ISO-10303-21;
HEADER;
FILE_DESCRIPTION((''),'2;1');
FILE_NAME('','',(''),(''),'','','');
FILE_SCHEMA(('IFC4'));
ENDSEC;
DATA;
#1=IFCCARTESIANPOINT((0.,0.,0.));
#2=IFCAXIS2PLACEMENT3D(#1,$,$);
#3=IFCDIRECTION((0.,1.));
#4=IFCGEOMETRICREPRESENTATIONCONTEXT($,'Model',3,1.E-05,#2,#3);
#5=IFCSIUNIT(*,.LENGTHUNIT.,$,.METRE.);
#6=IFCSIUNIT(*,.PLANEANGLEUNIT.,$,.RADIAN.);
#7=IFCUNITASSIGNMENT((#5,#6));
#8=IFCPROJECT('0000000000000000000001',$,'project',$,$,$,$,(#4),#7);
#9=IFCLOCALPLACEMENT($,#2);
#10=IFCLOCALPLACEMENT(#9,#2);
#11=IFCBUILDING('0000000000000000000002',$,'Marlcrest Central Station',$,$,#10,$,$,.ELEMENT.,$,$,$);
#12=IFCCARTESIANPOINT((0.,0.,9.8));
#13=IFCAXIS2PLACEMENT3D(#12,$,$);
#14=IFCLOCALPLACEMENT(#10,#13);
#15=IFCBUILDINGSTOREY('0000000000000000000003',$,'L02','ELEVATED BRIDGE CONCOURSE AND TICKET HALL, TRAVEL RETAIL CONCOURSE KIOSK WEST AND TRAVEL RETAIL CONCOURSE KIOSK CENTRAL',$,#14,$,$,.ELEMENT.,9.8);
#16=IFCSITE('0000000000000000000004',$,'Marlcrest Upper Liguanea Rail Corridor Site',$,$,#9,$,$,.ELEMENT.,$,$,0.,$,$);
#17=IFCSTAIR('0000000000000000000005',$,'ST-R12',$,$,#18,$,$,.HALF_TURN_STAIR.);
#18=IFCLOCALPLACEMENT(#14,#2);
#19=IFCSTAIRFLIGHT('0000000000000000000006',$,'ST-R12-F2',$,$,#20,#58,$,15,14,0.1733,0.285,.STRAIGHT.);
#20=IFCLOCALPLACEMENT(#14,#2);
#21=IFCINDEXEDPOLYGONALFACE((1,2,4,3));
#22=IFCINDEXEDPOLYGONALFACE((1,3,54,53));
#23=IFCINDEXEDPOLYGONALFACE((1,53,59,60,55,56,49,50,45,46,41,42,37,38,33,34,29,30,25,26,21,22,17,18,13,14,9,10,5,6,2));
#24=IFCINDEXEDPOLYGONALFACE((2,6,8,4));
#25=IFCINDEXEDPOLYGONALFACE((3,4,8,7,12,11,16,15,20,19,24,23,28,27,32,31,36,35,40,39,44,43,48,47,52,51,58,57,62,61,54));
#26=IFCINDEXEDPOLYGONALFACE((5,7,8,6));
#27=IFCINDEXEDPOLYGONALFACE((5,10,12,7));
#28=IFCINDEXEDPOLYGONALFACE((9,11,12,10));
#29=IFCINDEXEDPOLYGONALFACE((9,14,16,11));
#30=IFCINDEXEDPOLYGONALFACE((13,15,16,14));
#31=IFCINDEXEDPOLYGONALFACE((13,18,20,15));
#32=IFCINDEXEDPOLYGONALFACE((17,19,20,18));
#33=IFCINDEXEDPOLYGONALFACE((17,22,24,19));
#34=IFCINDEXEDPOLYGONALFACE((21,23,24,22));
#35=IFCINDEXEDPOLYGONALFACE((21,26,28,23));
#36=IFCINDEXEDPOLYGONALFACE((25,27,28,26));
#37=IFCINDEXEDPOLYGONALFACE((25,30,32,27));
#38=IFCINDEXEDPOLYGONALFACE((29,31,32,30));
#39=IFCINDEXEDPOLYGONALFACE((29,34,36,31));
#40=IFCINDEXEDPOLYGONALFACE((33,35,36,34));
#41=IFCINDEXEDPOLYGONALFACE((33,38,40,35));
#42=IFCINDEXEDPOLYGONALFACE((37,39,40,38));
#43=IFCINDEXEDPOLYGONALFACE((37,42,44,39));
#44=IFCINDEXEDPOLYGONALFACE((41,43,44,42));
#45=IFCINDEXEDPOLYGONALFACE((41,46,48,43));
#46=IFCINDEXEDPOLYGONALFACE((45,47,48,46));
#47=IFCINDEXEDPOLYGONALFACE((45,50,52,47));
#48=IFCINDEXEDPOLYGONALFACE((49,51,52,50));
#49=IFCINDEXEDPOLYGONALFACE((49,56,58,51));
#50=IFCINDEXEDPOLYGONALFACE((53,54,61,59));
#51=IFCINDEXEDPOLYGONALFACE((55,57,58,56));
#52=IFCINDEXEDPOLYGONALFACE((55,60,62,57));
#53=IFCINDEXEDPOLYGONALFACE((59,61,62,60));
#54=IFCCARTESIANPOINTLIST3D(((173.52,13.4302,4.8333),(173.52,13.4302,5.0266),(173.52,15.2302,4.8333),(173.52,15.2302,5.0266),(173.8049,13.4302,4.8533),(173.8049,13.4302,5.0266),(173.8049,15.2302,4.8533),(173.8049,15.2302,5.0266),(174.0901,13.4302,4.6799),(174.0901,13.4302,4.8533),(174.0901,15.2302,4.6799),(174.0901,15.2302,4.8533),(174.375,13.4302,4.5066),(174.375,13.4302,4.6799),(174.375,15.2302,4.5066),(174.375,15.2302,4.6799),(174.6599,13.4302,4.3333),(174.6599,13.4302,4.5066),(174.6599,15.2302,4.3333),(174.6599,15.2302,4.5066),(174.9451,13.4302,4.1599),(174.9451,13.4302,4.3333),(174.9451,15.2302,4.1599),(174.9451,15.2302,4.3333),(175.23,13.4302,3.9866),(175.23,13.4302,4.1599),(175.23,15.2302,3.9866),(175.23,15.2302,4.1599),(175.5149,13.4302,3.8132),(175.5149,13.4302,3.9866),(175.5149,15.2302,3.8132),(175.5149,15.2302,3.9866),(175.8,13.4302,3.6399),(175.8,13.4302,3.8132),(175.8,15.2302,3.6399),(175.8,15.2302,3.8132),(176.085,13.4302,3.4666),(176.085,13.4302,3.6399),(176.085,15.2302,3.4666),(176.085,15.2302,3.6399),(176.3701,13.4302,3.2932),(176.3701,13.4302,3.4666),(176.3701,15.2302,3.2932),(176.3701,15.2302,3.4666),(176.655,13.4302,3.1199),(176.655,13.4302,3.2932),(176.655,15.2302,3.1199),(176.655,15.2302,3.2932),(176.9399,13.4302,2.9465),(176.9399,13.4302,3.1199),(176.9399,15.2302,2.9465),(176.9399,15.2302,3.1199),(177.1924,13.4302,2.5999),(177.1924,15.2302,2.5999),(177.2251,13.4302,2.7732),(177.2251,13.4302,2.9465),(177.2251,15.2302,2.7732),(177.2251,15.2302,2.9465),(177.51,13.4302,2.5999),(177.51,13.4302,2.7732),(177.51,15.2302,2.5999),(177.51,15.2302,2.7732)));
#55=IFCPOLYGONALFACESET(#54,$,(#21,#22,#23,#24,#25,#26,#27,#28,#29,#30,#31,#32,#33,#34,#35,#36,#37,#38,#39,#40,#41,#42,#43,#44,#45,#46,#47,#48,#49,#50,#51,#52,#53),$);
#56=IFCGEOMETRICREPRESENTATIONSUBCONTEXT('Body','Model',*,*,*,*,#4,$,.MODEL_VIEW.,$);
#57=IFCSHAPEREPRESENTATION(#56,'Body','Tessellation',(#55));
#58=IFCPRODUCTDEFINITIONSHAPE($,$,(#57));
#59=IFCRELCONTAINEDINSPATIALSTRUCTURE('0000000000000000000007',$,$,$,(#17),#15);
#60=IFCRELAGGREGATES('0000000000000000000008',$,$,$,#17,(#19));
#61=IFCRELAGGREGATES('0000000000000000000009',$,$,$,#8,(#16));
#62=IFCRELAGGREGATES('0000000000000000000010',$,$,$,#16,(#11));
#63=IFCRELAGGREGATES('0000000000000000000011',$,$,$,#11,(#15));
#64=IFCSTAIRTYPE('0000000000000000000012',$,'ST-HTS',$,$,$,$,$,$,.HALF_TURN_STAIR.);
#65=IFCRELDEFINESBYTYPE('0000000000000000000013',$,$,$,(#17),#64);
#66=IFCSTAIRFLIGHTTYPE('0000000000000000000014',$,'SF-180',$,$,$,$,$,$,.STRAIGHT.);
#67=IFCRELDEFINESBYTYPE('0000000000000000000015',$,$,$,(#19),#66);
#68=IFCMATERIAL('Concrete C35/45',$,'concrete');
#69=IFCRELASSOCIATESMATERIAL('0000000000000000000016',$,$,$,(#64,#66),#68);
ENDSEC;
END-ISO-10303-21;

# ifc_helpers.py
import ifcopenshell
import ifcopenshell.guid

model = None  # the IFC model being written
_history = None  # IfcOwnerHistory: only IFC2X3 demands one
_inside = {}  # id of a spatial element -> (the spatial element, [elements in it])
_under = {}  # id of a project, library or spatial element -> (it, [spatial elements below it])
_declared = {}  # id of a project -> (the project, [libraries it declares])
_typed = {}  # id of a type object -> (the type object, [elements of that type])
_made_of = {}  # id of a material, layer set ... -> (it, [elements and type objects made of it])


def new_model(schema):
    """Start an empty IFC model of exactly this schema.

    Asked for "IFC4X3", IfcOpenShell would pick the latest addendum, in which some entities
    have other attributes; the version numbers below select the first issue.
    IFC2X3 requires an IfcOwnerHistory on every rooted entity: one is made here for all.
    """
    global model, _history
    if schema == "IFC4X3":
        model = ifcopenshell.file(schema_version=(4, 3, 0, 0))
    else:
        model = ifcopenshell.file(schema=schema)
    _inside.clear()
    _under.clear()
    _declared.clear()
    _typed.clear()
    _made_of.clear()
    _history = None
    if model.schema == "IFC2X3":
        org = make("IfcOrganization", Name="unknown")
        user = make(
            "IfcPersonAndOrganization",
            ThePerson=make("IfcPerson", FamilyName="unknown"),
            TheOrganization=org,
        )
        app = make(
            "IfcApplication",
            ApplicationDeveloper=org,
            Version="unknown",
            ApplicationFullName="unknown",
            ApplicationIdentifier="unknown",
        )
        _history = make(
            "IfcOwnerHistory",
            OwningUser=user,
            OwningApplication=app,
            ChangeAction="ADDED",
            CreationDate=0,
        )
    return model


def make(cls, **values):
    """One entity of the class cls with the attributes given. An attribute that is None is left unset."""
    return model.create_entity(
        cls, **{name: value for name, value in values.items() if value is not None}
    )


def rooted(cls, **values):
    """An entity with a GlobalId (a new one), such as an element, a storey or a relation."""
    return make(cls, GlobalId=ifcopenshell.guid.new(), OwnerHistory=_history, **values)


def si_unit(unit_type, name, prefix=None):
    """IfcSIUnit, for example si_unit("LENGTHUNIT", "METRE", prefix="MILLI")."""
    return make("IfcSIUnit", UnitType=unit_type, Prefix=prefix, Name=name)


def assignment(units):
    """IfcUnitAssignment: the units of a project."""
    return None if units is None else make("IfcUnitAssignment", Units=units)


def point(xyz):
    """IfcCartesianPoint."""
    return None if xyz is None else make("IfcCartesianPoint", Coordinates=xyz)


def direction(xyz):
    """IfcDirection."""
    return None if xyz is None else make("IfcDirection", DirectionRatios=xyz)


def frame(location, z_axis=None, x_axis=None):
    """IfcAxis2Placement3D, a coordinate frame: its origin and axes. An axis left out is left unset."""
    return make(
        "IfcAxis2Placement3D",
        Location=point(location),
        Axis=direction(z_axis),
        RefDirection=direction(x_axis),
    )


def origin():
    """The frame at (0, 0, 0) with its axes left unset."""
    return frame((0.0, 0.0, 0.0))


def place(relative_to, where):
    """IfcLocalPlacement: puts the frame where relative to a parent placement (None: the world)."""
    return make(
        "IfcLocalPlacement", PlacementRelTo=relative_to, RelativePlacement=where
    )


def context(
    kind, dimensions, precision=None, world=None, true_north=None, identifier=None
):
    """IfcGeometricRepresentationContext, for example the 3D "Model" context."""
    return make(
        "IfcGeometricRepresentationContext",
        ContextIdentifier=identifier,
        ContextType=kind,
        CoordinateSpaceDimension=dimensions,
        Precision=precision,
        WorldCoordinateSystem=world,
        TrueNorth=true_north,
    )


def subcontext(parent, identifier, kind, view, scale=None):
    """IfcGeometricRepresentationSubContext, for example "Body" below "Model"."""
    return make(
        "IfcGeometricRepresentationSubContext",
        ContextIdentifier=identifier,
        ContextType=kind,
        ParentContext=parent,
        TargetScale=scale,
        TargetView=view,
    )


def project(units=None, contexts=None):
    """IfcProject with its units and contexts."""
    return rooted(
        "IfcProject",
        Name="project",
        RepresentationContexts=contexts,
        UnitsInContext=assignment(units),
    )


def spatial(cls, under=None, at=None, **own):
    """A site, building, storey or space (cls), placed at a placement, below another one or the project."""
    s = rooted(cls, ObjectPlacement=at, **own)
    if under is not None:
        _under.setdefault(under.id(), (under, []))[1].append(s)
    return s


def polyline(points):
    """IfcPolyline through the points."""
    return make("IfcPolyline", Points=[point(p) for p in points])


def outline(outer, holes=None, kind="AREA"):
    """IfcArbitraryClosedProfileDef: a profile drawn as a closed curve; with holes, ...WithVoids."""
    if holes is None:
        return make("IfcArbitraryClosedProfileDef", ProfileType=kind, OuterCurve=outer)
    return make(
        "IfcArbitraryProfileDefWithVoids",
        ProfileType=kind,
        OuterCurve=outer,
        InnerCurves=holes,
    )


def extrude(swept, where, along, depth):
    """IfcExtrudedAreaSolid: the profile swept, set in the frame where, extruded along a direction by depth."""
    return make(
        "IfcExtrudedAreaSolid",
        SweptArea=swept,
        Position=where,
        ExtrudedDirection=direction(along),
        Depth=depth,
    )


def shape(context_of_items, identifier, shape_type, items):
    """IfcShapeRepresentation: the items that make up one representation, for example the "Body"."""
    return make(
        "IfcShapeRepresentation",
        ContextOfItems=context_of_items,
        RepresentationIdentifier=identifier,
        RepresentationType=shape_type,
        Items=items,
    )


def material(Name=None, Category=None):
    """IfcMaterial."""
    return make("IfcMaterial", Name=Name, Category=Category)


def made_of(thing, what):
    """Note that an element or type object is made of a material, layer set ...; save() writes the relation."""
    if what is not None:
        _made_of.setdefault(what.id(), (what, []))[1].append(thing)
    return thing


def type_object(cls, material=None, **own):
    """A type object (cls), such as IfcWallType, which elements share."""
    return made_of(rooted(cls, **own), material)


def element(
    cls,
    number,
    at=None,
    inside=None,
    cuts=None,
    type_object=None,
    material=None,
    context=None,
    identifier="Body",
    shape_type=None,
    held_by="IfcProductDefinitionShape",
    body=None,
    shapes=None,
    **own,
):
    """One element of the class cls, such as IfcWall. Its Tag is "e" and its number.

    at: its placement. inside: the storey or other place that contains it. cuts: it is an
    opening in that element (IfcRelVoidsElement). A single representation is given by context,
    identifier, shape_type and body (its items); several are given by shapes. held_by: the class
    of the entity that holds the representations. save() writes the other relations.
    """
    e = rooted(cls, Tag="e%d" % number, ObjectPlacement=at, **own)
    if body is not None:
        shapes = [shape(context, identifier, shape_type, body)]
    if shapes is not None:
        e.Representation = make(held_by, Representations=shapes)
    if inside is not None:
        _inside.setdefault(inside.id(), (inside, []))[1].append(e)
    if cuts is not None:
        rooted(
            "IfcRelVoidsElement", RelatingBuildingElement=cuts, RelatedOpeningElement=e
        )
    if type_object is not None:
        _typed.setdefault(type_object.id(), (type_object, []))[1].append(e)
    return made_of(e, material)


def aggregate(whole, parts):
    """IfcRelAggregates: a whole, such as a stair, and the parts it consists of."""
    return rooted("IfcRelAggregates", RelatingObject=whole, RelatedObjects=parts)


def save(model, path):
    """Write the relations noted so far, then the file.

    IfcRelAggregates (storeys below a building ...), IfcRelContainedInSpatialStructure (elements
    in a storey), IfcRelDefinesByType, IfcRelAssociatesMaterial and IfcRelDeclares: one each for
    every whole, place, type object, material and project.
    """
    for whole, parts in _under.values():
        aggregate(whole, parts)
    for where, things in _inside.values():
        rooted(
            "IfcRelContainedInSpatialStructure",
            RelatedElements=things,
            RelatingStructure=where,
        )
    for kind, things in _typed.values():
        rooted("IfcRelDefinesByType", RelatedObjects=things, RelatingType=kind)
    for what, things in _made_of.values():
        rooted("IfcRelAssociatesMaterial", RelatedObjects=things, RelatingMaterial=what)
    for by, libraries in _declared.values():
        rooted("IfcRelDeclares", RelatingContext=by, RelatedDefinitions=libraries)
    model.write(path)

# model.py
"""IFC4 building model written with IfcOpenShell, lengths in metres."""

from ifc_helpers import new_model, si_unit, direction, frame, origin, place, context, subcontext, project, spatial, polyline, outline, extrude, material, type_object, element, aggregate, save


model = new_model("IFC4")

# Units and contexts
model_context = context("Model", 3, precision=1e-05, world=origin(), true_north=direction((0.0, 1.0)))
body_context = subcontext(model_context, "Body", "Model", "MODEL_VIEW")
ifc_project = project(units=[si_unit("LENGTHUNIT", "METRE"), si_unit("PLANEANGLEUNIT", "RADIAN")], contexts=[model_context])

# Site, building, storey
site_placement = place(None, origin())
site = spatial("IfcSite", under=ifc_project, at=site_placement, Name="Marlcrest Upper Liguanea Rail Corridor Site", CompositionType="ELEMENT", RefElevation=0.0)
building_placement = place(site_placement, origin())
building = spatial("IfcBuilding", under=site, at=building_placement, Name="Marlcrest Central Station", CompositionType="ELEMENT")
storey_placement = place(building_placement, frame((0.0, 0.0, 9.8)))
storey = spatial("IfcBuildingStorey", under=building, at=storey_placement, Name="L02", Description="ELEVATED BRIDGE CONCOURSE AND TICKET HALL, TRAVEL RETAIL CONCOURSE KIOSK WEST AND TRAVEL RETAIL CONCOURSE KIOSK CENTRAL", CompositionType="ELEMENT", Elevation=9.8)

# Stair, stair flight
ifc_material_1 = material(Name="Concrete C35/45", Category="concrete")
stair_type = type_object("IfcStairType", Name="ST-HTS", PredefinedType="HALF_TURN_STAIR", material=ifc_material_1)
stair_placement = place(storey_placement, origin())
stair = element("IfcStair", 1, at=stair_placement, inside=storey, type_object=stair_type, Name="ST-R12", PredefinedType="HALF_TURN_STAIR")
stair_flight_type = type_object("IfcStairFlightType", Name="SF-180", PredefinedType="STRAIGHT", material=ifc_material_1)
stair_flight_1_placement = place(storey_placement, frame((177.51, 14.3301, 2.5999), z_axis=(0.0, 0.0, 1.0), x_axis=(-1.0, 0.0, 0.0)))
stair_flight_1 = element("IfcStairFlight", 2, at=stair_flight_1_placement, type_object=stair_flight_type, Name="ST-R12-F2", NumberOfRisers=15, NumberOfTreads=14, PredefinedType="STRAIGHT", RiserHeight=0.1733, TreadLength=0.285, context=body_context, shape_type="SweptSolid", body=[
    extrude(outline(polyline([(0.0, 0.0), (0.0, 0.1733), (0.2849, 0.1733), (0.2849, 0.3467), (0.5701, 0.3467), (0.5701, 0.52), (0.855, 0.52), (0.855, 0.6934), (1.1399, 0.6934), (1.1399, 0.8667), (1.425, 0.8667), (1.425, 1.04), (1.71, 1.04), (1.71, 1.2134), (1.9951, 1.2134), (1.9951, 1.3867), (2.28, 1.3867), (2.28, 1.5601), (2.5649, 1.5601), (2.5649, 1.7334), (2.8501, 1.7334), (2.8501, 1.9067), (3.135, 1.9067), (3.135, 2.0801), (3.4199, 2.0801), (3.4199, 2.2534), (3.7051, 2.2534), (3.7051, 2.4268), (3.99, 2.4268), (3.99, 2.6001), (3.99, 2.2334), (0.3176, 0.0), (0.0, 0.0)])), frame((0.0, 0.8999, 0.0), z_axis=(0.0, -1.0, 0.0), x_axis=(1.0, 0.0, 0.0)), (0.0, 0.0, 1.0), 1.8),
])
aggregate(stair, [stair_flight_1])

save(model, "model.ifc")
